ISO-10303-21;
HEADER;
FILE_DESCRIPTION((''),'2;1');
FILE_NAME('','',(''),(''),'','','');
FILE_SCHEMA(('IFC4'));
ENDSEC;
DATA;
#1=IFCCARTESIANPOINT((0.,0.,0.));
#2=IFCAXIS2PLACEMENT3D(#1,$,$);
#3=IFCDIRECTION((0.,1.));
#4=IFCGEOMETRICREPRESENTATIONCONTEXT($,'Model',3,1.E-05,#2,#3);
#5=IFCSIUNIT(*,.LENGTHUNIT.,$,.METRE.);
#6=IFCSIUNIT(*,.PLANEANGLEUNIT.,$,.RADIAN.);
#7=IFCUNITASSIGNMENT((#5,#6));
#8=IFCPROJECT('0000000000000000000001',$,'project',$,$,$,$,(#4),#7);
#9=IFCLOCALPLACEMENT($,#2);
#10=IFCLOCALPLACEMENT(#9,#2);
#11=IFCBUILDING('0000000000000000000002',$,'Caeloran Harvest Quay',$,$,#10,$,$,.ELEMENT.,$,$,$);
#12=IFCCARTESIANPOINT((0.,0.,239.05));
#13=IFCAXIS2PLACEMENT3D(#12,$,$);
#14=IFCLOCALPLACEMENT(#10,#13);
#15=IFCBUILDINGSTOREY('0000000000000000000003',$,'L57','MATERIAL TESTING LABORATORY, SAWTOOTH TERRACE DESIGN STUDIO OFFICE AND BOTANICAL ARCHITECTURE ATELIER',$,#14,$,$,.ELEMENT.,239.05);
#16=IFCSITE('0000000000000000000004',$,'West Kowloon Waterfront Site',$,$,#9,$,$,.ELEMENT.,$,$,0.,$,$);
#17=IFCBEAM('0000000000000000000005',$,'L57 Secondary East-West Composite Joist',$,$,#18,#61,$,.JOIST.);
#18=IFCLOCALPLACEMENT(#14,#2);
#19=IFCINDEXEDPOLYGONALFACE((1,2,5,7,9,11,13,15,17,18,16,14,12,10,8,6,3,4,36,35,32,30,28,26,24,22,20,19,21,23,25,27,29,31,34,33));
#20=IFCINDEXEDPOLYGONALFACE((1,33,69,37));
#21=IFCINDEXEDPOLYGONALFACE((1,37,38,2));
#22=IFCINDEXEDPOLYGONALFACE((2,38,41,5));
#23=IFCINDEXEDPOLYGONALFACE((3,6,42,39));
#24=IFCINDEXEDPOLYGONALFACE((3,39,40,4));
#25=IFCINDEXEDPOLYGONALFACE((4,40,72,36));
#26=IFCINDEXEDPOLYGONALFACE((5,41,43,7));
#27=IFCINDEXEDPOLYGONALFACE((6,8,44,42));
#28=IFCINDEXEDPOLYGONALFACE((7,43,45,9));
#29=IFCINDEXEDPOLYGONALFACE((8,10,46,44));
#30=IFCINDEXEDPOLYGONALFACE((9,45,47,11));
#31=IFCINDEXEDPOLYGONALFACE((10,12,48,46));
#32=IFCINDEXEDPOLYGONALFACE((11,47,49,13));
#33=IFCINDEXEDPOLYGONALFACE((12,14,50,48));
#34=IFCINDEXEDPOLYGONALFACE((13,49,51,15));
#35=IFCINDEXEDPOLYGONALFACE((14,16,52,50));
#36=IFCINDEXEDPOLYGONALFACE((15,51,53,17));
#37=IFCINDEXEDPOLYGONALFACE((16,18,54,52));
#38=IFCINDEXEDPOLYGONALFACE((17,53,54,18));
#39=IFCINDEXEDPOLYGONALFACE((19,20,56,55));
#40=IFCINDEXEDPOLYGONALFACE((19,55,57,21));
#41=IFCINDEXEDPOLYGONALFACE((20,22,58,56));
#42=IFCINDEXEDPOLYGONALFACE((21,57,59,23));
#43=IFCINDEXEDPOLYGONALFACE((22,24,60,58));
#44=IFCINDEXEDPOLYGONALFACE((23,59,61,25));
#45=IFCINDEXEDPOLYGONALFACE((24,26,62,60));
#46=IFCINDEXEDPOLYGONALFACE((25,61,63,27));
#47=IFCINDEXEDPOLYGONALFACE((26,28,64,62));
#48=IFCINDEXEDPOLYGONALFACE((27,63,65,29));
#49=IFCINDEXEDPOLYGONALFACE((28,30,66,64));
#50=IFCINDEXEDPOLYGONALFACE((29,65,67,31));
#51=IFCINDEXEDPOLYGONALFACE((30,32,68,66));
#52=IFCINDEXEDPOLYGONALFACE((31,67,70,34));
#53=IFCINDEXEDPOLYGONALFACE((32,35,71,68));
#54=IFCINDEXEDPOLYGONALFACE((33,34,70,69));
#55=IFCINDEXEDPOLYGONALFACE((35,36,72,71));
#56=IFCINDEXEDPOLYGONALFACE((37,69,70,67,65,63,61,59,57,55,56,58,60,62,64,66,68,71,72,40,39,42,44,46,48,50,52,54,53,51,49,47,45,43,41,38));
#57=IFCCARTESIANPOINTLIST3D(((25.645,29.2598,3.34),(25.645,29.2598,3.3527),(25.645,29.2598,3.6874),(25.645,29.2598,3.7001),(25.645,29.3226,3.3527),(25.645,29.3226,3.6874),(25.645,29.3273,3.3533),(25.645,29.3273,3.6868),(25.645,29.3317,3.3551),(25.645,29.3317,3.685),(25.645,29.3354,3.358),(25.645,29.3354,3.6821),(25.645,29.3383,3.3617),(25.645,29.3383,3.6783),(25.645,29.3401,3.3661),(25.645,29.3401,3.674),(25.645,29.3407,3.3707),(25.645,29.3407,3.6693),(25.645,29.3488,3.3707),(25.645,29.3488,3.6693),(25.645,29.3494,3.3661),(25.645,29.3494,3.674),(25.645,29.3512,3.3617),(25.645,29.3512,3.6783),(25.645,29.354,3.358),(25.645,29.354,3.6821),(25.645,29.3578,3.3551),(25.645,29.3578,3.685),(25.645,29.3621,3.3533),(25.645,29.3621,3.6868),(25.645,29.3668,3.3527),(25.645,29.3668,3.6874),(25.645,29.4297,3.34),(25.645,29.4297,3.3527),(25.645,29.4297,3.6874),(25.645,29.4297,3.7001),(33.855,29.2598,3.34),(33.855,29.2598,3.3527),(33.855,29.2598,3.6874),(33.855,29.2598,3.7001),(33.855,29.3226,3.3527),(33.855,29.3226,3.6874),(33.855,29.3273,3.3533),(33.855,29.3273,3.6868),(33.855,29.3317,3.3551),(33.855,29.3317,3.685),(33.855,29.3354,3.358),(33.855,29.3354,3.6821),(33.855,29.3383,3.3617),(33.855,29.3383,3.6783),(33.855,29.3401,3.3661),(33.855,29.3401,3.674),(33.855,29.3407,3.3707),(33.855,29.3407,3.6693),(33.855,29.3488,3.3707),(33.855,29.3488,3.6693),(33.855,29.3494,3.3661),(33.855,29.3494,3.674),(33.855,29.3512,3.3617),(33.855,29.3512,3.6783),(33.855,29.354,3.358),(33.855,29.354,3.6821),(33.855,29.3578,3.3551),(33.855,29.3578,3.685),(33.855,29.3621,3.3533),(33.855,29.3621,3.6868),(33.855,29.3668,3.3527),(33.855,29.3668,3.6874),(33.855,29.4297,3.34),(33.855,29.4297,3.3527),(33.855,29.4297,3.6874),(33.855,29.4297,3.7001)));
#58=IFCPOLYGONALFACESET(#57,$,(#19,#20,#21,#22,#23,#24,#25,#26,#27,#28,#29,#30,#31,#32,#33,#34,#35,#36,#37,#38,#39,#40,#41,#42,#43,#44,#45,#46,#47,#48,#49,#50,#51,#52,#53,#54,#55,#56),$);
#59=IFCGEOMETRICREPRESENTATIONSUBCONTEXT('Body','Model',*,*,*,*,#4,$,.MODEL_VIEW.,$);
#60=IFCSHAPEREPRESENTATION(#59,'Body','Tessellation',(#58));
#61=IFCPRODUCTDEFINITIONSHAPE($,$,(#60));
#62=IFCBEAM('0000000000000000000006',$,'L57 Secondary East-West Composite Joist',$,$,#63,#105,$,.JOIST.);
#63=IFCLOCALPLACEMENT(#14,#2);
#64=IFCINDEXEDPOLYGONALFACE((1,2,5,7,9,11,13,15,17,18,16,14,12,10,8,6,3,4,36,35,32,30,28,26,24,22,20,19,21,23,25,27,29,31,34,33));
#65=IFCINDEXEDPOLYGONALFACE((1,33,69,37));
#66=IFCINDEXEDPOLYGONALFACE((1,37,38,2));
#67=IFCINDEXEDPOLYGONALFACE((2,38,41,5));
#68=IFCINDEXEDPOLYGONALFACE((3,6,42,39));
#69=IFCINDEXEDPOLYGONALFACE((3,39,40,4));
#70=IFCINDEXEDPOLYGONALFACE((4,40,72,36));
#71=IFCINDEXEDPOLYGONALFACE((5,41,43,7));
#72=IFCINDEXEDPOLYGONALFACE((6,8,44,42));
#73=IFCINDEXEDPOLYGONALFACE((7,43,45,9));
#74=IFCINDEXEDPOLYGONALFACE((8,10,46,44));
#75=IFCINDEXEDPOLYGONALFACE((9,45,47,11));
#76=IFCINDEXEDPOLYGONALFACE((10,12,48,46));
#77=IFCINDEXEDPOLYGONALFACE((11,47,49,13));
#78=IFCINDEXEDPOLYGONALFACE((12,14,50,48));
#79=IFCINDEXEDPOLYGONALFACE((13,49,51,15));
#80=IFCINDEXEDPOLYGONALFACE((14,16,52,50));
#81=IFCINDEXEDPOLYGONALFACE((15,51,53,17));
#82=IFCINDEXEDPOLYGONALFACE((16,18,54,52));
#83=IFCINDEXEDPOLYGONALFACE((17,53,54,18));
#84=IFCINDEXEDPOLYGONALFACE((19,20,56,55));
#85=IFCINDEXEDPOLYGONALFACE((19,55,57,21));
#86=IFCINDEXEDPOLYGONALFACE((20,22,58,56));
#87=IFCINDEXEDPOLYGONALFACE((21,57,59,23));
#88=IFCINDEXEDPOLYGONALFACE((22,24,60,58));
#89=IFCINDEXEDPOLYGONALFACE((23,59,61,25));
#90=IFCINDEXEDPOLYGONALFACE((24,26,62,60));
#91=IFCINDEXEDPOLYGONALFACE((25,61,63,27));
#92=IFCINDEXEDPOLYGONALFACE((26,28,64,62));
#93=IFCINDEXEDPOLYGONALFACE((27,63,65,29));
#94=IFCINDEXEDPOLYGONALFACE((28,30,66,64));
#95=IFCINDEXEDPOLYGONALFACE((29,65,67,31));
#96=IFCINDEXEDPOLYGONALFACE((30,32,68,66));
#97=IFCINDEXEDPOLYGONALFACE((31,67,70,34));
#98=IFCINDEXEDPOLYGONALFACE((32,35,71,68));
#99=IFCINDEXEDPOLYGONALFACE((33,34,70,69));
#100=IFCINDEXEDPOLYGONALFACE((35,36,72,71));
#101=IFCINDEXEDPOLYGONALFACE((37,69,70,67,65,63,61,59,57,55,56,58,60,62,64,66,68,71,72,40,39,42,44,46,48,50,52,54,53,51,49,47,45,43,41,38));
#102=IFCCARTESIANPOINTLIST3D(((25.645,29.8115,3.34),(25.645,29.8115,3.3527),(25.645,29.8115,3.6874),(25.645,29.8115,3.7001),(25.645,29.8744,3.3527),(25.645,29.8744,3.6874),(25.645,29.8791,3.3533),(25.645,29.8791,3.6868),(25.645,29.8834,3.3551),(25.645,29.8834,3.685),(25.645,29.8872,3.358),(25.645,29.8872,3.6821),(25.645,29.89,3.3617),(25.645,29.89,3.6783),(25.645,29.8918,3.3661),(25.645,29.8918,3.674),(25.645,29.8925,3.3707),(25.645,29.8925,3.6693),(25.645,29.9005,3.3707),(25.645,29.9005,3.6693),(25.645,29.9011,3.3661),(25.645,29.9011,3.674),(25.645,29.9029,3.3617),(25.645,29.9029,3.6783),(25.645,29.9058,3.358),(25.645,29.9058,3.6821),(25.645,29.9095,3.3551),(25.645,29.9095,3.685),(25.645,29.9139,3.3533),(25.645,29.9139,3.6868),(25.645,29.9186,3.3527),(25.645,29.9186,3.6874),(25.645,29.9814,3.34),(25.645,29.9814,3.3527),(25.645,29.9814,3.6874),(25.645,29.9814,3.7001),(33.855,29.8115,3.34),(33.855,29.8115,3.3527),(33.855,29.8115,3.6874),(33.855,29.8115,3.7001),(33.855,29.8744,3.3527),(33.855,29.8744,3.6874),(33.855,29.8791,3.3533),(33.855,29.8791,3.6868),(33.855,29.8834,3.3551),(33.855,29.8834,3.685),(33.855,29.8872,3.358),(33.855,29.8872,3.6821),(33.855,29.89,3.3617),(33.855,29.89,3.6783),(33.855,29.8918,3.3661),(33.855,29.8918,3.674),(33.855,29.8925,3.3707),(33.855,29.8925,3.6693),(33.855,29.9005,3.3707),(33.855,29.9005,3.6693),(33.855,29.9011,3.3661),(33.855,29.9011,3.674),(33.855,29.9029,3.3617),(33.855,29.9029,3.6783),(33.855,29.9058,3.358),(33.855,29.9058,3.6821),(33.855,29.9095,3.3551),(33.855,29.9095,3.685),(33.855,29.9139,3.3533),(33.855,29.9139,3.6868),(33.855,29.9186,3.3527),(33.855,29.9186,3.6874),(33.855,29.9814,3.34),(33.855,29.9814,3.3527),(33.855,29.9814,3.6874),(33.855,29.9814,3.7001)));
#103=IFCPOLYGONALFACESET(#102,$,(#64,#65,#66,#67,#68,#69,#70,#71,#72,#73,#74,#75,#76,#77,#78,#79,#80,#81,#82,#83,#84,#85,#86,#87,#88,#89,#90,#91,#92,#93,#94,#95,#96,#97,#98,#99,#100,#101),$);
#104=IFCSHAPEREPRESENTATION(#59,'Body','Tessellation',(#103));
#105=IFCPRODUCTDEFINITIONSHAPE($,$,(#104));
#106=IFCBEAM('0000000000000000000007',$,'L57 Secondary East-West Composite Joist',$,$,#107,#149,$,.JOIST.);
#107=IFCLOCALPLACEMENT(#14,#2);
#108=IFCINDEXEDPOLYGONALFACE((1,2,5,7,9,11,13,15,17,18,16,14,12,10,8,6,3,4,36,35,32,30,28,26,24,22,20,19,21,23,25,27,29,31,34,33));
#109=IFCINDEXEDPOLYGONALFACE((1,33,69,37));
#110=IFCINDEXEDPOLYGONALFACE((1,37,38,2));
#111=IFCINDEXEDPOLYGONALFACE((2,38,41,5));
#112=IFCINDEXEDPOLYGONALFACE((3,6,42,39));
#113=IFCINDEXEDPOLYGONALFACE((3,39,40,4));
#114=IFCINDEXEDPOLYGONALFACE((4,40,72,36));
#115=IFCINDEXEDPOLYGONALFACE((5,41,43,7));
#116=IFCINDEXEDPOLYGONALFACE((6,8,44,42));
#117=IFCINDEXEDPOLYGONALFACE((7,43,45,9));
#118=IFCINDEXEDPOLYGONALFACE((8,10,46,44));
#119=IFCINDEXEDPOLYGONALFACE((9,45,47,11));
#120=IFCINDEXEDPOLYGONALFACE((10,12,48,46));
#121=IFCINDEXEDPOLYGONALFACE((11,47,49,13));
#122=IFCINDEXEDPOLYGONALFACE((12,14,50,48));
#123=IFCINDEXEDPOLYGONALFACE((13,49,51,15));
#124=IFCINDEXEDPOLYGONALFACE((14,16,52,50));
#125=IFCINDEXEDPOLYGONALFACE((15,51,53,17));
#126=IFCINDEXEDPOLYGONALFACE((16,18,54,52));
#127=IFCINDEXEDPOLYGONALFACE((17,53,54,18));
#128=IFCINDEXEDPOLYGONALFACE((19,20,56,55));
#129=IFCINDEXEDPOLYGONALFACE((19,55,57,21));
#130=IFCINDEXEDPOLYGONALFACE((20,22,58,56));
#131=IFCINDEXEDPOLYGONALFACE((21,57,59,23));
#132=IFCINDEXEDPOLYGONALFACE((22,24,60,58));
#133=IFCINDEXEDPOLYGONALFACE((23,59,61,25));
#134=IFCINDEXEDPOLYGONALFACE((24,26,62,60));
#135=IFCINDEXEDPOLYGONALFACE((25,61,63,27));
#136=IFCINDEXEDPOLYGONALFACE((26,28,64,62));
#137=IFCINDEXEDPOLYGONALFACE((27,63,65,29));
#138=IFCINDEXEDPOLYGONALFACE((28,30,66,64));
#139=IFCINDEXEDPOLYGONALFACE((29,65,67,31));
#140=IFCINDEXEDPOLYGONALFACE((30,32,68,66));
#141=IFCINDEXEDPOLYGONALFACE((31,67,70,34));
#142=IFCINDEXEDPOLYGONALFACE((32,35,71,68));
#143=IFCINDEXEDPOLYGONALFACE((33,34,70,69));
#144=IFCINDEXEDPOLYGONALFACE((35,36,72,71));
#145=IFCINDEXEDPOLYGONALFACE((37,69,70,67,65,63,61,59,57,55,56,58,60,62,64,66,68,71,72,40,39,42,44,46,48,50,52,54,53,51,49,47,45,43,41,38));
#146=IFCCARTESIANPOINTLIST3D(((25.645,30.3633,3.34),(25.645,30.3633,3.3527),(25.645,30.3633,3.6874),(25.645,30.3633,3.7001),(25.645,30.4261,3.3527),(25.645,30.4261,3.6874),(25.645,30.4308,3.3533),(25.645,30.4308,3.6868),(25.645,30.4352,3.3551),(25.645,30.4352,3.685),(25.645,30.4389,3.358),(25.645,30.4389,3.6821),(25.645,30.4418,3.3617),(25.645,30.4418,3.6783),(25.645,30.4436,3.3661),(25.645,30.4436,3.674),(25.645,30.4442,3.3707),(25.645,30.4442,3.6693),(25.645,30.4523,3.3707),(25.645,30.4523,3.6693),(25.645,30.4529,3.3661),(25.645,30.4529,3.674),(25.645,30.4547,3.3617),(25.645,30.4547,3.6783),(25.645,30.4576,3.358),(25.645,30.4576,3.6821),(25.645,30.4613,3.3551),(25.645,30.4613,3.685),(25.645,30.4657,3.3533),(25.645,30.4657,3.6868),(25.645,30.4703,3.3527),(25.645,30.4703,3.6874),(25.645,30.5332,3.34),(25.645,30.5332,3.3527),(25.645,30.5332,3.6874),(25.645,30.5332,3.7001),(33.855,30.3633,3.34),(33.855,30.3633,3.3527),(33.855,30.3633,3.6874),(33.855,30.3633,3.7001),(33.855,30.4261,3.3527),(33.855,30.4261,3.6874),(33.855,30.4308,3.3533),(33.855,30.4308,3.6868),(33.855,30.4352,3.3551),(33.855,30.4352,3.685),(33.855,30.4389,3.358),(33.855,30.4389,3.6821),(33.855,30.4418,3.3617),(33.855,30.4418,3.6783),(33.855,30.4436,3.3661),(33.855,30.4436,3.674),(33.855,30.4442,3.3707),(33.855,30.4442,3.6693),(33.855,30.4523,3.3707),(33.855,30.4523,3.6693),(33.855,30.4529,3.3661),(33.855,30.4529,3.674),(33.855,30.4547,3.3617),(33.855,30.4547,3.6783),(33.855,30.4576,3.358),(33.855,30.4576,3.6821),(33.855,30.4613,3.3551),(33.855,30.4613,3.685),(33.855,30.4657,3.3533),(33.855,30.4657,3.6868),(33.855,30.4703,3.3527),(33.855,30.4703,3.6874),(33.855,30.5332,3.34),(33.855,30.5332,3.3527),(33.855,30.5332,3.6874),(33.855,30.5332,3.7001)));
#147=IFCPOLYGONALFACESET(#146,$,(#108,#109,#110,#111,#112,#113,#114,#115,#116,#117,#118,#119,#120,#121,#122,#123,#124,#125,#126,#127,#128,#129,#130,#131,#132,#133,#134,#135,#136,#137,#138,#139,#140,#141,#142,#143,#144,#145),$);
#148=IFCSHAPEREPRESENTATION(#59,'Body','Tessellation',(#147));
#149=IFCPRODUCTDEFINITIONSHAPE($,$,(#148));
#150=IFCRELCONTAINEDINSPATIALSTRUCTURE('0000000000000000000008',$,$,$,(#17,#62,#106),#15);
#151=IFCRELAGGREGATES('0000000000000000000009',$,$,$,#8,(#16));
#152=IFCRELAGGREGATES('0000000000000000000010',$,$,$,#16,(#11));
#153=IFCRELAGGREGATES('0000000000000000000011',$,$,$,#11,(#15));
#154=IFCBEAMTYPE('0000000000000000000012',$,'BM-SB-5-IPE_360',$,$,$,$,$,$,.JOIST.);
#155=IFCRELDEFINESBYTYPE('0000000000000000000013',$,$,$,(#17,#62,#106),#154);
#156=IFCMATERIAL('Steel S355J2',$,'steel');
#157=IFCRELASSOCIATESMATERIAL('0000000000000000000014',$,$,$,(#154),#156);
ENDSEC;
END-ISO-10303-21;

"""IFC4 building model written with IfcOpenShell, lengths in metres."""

from ifc_helpers import new_model, si_unit, direction, frame, origin, origin_2d, place, context, subcontext, project, spatial, i_section, extrude, material, material_profile, profile_set, type_object, element, save


model = new_model("IFC4")

# Units and contexts
model_context = context("Model", 3, precision=1e-05, world=origin(), true_north=direction((0.0, 1.0)))
body_context = subcontext(model_context, "Body", "Model", "MODEL_VIEW")
ifc_project = project(units=[si_unit("LENGTHUNIT", "METRE"), si_unit("PLANEANGLEUNIT", "RADIAN")], contexts=[model_context])

# Site, building, storey
site_placement = place(None, origin())
site = spatial("IfcSite", under=ifc_project, at=site_placement, Name="West Kowloon Waterfront Site", CompositionType="ELEMENT", RefElevation=0.0)
building_placement = place(site_placement, origin())
building = spatial("IfcBuilding", under=site, at=building_placement, Name="Caeloran Harvest Quay", CompositionType="ELEMENT")
storey_placement = place(building_placement, frame((0.0, 0.0, 239.05)))
storey = spatial("IfcBuildingStorey", under=building, at=storey_placement, Name="L57", Description="MATERIAL TESTING LABORATORY, SAWTOOTH TERRACE DESIGN STUDIO OFFICE AND BOTANICAL ARCHITECTURE ATELIER", CompositionType="ELEMENT", Elevation=239.05)

# Beams
ifc_material_1 = material(Name="Steel S355J2", Category="steel")
ifc_material_profile_1 = material_profile(ifc_material_1, i_section(OverallWidth=0.1699, OverallDepth=0.3601, WebThickness=0.0081, FlangeThickness=0.0127, FilletRadius=0.0181, at=origin_2d()), Name="IPE 360")
ifc_profile_set_1 = profile_set([ifc_material_profile_1], Name="Steel S355J2")
beam_type_1 = type_object("IfcBeamType", Name="BM-SB-5-IPE_360", PredefinedType="JOIST", material=ifc_profile_set_1)
for number, where, z_axis, x_axis, name in (
    (1, (25.645, 29.3447, 3.52), (1.0, 0.0, 0.0), (0.0, 1.0, 0.0), "L57 Secondary East-West Composite Joist"),
    (2, (25.645, 29.8965, 3.52), (1.0, 0.0, 0.0), (0.0, 1.0, 0.0), "L57 Secondary East-West Composite Joist"),
    (3, (25.645, 30.4482, 3.52), (1.0, 0.0, 0.0), (0.0, 1.0, 0.0), "L57 Secondary East-West Composite Joist"),
):
    element("IfcBeam", number, at=place(storey_placement, frame(where, z_axis=z_axis, x_axis=x_axis)), inside=storey, type_object=beam_type_1, Name=name, PredefinedType="JOIST", context=body_context, shape_type="SweptSolid", body=[
        extrude(i_section(OverallWidth=0.1699, OverallDepth=0.3601, WebThickness=0.0081, FlangeThickness=0.0127, FilletRadius=0.0181, at=origin_2d()), origin(), (0.0, 0.0, 1.0), 8.21),
    ])

save(model, "model.ifc")
